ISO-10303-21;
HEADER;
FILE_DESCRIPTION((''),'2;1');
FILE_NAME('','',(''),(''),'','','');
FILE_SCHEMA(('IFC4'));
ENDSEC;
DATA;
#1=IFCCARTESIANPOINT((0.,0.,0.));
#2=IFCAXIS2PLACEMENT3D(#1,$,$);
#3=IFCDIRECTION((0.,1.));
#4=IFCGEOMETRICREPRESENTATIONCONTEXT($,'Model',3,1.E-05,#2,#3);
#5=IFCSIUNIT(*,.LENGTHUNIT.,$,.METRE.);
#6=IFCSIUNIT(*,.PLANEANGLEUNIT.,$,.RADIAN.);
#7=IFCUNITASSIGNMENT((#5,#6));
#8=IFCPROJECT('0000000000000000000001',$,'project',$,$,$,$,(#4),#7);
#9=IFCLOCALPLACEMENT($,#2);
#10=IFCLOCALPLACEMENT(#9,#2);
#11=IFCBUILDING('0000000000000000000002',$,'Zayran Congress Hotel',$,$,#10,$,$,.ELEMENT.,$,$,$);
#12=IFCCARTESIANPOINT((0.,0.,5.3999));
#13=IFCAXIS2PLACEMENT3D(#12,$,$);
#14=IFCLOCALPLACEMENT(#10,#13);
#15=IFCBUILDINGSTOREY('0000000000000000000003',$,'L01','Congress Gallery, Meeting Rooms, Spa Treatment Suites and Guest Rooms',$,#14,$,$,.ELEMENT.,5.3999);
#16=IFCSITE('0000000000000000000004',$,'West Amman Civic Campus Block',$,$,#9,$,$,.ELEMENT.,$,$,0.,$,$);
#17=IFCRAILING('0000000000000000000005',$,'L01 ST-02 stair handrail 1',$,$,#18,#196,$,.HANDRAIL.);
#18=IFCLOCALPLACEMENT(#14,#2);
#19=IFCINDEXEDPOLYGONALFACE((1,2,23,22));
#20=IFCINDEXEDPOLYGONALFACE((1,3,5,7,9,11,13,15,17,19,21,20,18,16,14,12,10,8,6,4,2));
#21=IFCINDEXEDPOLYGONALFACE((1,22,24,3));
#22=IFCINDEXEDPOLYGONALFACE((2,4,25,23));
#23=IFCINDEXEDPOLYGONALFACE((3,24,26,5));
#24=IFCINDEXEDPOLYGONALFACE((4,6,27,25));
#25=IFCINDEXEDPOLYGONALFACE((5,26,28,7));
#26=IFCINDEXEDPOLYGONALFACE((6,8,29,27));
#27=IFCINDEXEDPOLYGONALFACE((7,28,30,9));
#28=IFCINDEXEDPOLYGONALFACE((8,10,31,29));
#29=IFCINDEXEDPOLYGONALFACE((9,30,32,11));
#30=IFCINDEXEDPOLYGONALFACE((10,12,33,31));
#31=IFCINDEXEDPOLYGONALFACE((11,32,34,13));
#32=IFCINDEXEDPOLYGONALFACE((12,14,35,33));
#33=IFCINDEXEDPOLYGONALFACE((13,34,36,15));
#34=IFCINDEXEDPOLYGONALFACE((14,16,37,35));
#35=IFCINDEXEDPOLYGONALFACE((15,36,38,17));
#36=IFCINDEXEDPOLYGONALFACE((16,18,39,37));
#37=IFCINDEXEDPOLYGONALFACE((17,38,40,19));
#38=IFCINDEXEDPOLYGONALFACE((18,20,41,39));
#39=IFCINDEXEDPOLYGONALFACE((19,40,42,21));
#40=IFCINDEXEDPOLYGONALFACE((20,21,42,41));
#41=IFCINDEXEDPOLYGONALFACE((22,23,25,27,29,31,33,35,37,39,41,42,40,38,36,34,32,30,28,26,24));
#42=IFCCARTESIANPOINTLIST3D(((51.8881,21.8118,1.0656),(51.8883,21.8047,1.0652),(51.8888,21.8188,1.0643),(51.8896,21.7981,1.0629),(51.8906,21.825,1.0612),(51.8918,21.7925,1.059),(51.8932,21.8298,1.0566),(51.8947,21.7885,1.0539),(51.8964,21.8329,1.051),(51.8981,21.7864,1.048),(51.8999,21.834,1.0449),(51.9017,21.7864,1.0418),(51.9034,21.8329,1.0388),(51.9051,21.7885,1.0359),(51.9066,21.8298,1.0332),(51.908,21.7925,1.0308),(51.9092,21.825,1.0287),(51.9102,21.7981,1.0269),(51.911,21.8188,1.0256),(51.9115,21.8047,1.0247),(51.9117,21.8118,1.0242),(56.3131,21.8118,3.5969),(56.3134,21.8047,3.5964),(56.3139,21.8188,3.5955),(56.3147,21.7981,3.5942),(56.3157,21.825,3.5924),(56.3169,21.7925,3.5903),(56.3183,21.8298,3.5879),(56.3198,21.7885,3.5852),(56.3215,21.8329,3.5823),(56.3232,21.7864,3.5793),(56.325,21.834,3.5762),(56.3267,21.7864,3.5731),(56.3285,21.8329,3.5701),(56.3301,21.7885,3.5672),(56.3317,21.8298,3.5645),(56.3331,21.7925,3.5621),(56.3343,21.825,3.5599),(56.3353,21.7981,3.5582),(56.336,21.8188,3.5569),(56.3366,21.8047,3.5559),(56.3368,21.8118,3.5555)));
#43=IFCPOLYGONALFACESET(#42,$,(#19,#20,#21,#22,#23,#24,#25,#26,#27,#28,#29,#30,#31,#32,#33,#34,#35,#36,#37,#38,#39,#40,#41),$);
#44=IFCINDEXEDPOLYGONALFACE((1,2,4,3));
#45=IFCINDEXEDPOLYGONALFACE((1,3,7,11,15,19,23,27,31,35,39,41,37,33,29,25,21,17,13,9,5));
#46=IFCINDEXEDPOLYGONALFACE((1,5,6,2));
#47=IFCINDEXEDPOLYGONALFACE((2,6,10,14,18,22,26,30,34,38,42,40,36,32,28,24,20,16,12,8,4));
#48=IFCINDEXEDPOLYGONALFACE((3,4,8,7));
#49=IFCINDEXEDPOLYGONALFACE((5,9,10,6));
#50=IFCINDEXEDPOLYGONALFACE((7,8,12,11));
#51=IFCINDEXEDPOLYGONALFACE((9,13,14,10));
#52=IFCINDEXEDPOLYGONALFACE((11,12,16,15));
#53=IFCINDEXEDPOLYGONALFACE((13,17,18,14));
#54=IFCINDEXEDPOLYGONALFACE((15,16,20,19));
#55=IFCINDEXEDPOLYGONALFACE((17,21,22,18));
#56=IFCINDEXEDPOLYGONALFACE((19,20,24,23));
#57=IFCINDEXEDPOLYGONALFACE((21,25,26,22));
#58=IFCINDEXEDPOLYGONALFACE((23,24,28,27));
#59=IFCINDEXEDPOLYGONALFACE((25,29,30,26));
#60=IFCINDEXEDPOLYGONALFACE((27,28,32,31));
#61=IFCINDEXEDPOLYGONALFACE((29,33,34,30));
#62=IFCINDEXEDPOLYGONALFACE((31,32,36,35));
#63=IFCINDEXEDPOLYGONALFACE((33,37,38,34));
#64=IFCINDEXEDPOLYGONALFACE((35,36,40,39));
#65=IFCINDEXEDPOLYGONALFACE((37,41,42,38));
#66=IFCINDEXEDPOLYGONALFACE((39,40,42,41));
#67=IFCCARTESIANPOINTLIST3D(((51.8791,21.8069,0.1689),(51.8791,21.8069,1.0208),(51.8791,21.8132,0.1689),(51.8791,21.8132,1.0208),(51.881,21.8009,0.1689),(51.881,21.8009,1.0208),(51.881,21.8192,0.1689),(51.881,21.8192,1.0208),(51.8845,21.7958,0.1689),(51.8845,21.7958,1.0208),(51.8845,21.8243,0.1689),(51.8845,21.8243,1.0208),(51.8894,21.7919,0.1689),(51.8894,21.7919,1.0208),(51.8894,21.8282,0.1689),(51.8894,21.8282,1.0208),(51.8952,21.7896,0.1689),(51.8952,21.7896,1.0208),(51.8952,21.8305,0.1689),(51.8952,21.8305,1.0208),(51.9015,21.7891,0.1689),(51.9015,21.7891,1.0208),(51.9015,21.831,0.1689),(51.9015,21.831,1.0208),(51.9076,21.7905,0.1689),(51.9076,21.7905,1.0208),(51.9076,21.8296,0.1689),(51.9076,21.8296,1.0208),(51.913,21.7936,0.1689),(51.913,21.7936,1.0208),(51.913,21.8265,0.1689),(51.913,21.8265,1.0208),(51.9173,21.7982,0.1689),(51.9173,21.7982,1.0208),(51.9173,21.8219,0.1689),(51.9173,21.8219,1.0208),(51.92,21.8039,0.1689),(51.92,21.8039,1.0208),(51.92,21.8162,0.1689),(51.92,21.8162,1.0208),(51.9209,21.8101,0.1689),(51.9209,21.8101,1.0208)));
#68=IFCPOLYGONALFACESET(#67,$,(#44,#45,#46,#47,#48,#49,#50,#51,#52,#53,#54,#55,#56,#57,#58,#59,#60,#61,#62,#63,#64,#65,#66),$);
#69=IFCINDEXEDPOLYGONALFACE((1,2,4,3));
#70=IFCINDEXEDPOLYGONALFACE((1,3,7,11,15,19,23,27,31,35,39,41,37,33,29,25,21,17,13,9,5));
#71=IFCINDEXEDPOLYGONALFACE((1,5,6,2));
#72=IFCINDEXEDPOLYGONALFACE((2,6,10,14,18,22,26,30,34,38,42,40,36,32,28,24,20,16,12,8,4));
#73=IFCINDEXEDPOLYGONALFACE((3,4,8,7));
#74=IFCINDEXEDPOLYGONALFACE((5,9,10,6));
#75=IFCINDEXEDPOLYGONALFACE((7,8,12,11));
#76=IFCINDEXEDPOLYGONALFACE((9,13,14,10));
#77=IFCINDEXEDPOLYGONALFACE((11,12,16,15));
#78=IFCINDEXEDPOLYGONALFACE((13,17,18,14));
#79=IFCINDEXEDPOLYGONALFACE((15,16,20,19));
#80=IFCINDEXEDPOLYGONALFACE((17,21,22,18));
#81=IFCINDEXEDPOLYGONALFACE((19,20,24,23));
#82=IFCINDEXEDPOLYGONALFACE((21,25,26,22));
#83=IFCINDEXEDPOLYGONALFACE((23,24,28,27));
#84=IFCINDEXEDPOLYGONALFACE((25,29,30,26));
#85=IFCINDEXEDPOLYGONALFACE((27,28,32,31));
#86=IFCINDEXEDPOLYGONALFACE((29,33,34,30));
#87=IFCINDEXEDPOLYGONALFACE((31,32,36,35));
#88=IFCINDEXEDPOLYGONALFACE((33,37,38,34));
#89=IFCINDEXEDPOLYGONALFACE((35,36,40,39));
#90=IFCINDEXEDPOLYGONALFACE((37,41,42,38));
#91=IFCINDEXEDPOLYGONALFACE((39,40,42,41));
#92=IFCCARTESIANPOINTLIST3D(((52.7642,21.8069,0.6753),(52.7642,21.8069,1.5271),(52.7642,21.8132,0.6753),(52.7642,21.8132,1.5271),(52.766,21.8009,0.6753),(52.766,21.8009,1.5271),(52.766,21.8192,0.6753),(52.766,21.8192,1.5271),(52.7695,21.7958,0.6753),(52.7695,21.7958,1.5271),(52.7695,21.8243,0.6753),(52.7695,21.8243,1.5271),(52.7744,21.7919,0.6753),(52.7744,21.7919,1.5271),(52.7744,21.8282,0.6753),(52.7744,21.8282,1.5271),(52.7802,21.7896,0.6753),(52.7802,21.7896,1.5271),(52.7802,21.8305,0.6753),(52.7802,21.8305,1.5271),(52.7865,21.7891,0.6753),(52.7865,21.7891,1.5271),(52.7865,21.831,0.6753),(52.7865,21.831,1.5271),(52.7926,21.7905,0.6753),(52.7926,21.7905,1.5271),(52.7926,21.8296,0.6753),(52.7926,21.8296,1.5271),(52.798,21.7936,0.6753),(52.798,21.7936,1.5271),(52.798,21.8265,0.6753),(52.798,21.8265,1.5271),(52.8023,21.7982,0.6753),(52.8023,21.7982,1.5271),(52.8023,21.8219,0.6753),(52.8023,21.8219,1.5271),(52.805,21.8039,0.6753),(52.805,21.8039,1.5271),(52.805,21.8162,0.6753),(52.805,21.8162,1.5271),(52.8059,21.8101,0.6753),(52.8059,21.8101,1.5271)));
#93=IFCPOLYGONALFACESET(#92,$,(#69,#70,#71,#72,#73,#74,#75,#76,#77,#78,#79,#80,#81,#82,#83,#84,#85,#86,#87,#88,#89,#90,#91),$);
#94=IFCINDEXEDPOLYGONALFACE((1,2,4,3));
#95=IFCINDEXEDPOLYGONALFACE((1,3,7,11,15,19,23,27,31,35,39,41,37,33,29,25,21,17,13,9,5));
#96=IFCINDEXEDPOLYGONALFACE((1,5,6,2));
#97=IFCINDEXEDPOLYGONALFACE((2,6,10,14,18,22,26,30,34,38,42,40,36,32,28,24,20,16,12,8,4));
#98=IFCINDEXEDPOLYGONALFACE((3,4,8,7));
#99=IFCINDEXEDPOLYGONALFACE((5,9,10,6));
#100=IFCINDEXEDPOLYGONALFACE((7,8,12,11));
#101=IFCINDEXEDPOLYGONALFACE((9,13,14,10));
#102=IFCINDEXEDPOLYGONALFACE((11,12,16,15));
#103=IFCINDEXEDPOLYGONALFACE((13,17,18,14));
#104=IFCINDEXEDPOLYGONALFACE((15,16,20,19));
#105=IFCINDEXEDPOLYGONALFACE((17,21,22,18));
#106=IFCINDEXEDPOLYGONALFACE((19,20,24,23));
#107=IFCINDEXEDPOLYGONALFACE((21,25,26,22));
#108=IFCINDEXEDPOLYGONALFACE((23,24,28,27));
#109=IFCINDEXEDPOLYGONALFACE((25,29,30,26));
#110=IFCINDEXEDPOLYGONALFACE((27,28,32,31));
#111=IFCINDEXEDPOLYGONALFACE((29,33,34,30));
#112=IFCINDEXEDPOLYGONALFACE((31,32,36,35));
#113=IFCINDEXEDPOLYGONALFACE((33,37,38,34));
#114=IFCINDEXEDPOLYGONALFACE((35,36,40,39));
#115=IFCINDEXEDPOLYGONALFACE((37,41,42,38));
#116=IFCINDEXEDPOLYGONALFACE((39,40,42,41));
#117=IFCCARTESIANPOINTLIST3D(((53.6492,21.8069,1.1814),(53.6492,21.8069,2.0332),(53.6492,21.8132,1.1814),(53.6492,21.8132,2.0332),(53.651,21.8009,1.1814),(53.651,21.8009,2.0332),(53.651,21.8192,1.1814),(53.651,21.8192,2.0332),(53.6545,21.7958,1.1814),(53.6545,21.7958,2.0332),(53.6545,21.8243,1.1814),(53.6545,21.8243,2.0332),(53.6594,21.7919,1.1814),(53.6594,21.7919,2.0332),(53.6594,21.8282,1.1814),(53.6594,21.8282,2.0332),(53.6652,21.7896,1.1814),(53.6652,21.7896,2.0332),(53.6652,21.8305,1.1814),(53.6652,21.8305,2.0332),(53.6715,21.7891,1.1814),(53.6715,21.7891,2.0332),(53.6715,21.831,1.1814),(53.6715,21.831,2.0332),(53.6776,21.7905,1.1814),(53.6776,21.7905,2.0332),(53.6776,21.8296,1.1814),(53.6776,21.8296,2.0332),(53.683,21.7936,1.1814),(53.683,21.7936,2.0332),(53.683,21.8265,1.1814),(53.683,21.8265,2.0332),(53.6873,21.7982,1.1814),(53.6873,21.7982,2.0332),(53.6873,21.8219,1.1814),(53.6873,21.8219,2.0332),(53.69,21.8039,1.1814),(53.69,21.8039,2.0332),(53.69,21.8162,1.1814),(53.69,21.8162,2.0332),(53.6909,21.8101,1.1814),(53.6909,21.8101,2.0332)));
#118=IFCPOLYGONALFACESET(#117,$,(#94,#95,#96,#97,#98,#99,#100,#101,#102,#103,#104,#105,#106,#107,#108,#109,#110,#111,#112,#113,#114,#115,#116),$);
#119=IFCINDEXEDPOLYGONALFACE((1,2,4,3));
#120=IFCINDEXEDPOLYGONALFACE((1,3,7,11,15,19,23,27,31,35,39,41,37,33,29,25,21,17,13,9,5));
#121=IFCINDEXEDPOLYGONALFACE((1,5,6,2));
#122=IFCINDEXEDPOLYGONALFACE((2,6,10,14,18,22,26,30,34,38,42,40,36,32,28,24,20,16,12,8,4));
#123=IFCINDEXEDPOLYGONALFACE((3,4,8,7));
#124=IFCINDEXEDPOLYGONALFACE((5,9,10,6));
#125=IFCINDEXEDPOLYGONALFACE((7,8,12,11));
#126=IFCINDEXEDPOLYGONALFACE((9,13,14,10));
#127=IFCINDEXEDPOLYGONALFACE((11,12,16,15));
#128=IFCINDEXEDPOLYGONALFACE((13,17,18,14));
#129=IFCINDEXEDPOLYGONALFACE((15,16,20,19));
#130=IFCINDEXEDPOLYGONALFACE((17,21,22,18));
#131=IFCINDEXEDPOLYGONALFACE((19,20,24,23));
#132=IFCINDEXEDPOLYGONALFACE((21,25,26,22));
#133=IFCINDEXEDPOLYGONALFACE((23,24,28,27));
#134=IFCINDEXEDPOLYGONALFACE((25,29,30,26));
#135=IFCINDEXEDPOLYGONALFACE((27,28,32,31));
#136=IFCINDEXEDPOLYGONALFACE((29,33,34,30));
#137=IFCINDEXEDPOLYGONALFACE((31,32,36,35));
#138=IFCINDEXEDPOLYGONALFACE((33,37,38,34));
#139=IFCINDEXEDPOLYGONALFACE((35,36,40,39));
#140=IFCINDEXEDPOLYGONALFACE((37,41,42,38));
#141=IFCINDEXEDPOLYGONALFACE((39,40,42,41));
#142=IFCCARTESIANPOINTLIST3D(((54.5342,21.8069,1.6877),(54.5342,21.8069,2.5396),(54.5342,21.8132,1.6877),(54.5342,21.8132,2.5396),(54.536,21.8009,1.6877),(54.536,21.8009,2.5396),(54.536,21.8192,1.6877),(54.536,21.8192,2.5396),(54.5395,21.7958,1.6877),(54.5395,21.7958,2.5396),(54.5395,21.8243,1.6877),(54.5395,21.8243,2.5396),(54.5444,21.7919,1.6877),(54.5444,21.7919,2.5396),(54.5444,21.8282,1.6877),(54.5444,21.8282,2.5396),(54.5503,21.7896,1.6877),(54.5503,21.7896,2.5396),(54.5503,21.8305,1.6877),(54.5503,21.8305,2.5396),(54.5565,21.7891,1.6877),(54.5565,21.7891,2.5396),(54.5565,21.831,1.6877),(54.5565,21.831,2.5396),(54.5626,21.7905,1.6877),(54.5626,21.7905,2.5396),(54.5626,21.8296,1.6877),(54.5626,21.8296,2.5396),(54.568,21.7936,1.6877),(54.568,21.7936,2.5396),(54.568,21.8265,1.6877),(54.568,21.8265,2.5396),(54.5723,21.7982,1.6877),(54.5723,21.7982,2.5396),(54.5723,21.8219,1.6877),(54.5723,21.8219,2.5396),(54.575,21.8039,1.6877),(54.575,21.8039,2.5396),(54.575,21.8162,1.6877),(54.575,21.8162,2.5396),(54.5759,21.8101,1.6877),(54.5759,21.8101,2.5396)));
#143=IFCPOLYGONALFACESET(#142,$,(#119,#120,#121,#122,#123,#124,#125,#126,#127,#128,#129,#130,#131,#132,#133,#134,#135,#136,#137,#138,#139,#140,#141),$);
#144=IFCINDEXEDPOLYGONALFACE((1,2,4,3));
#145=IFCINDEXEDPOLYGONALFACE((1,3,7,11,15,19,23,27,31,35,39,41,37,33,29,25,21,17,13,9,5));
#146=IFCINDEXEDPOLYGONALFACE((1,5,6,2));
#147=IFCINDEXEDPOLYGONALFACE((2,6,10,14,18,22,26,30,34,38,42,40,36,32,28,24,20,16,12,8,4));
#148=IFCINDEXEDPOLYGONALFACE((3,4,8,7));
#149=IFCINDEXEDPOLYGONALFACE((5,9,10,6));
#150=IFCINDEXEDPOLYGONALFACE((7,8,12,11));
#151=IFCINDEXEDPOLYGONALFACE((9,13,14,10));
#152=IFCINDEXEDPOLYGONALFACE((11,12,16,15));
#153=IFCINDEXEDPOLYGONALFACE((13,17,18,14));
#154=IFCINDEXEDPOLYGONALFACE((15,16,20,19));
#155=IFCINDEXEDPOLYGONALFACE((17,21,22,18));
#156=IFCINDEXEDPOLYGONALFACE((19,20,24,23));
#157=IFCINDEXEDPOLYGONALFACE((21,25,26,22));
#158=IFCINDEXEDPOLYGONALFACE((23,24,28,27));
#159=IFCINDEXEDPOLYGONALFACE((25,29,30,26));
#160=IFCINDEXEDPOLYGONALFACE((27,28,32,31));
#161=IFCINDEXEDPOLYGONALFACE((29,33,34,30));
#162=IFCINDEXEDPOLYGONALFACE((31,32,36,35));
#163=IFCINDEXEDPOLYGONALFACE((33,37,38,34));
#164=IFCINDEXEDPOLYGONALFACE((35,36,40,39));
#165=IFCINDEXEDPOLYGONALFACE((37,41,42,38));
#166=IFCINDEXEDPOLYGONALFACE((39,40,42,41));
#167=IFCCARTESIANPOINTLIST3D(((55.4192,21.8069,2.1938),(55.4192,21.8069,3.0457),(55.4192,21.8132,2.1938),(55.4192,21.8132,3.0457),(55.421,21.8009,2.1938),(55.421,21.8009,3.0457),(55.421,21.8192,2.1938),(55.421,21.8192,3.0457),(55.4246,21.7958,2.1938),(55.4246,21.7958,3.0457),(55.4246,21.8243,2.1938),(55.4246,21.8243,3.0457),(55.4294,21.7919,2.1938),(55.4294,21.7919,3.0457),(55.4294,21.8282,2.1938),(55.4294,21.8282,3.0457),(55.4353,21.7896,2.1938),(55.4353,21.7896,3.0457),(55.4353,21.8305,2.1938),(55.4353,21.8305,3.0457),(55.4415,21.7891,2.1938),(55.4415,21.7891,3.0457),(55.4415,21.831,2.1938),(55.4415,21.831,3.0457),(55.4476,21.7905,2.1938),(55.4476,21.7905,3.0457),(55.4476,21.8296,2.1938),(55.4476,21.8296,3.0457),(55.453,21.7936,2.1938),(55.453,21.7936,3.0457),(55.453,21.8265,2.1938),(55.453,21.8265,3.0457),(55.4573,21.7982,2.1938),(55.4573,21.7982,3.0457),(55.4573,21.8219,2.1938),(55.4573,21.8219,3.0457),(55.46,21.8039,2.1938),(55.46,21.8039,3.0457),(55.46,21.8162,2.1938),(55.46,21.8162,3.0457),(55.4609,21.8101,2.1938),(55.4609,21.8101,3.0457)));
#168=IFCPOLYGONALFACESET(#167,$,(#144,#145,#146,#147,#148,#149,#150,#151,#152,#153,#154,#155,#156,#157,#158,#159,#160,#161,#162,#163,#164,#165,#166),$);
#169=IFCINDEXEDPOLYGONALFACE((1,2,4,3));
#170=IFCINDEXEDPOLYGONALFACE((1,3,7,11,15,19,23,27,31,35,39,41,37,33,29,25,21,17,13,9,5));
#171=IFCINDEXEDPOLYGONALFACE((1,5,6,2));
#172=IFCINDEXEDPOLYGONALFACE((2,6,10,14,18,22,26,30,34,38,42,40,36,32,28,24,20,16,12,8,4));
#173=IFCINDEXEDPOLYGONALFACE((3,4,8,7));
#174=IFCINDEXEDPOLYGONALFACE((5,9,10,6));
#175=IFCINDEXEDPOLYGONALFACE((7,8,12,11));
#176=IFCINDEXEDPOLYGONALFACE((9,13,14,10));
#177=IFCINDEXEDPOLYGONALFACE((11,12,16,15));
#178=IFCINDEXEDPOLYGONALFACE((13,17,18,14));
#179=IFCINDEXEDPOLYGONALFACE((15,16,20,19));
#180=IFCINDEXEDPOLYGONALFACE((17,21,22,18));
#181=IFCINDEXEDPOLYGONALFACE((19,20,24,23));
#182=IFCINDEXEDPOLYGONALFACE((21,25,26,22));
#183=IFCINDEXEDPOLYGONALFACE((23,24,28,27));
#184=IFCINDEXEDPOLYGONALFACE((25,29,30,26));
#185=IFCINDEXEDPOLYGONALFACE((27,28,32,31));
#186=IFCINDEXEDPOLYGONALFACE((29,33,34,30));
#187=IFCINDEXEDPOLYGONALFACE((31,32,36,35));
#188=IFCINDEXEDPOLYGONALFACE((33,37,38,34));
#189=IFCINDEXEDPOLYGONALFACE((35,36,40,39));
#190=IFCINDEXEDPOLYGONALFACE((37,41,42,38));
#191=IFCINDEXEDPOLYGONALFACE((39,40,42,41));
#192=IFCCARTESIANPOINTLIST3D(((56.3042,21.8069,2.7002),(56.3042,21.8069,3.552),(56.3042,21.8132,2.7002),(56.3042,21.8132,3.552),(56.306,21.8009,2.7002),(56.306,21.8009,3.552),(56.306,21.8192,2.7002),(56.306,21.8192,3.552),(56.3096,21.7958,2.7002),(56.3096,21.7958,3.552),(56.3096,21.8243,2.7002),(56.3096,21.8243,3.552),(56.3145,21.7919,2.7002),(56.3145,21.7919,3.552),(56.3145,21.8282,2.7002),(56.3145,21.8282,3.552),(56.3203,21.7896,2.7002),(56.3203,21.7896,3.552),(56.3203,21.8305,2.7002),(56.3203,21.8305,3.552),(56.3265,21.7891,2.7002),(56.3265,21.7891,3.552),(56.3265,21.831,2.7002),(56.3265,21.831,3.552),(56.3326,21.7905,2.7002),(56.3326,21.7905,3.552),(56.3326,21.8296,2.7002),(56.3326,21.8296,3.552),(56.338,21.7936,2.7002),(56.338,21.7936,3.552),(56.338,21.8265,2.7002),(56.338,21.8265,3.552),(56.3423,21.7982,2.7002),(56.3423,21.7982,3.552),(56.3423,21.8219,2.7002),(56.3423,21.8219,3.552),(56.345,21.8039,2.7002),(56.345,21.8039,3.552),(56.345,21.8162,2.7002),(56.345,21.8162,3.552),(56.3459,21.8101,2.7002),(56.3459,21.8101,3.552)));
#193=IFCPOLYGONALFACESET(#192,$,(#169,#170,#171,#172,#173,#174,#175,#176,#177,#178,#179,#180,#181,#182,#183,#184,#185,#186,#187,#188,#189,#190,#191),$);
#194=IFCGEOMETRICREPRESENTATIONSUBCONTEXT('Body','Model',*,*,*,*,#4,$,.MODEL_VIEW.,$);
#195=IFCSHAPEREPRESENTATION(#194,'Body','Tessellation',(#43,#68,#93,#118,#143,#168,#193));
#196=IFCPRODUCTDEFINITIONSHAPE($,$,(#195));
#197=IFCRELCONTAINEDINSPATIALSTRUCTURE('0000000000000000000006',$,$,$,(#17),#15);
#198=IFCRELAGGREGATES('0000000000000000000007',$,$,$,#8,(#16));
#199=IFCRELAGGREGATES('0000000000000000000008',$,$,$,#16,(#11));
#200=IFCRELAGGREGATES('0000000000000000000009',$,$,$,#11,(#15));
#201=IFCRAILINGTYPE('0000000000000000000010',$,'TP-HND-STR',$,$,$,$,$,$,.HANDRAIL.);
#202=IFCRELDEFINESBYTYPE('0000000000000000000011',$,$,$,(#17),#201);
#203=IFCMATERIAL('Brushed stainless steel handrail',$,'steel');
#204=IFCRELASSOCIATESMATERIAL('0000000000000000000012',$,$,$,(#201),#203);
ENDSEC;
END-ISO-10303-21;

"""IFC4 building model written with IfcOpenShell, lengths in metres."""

from ifc_helpers import new_model, si_unit, direction, frame, origin, origin_2d, place, context, subcontext, project, spatial, circle, extrude, material, type_object, element, save


model = new_model("IFC4")

# Units and contexts
model_context = context("Model", 3, precision=1e-05, world=origin(), true_north=direction((0.0, 1.0)))
body_context = subcontext(model_context, "Body", "Model", "MODEL_VIEW")
ifc_project = project(units=[si_unit("LENGTHUNIT", "METRE"), si_unit("PLANEANGLEUNIT", "RADIAN")], contexts=[model_context])

# Site, building, storey
site_placement = place(None, origin())
site = spatial("IfcSite", under=ifc_project, at=site_placement, Name="West Amman Civic Campus Block", CompositionType="ELEMENT", RefElevation=0.0)
building_placement = place(site_placement, origin())
building = spatial("IfcBuilding", under=site, at=building_placement, Name="Zayran Congress Hotel", CompositionType="ELEMENT")
storey_placement = place(building_placement, frame((0.0, 0.0, 5.3999)))
storey = spatial("IfcBuildingStorey", under=building, at=storey_placement, Name="L01", Description="Congress Gallery, Meeting Rooms, Spa Treatment Suites and Guest Rooms", CompositionType="ELEMENT", Elevation=5.3999)

# Railing
ifc_material_1 = material(Name="Brushed stainless steel handrail", Category="steel")
railing_type_1 = type_object("IfcRailingType", Name="TP-HND-STR", PredefinedType="HANDRAIL", material=ifc_material_1)
railing_1_placement = place(storey_placement, frame((51.8999, 21.8101, 0.1689)))
element("IfcRailing", 1, at=railing_1_placement, inside=storey, type_object=railing_type_1, Name="L01 ST-02 stair handrail 1", PredefinedType="HANDRAIL", context=body_context, shape_type="SweptSolid", body=[
    extrude(circle(Radius=0.0239, at=origin_2d()), frame((0.0, 0.0, 0.876), z_axis=(0.868019, 0.0, 0.496531), x_axis=(0.0, 1.0, 0.0)), (0.0, 0.0, 1.0), 5.0979),
    extrude(circle(Radius=0.021, at=origin_2d()), origin(), (0.0, 0.0, 1.0), 0.8518),
    extrude(circle(Radius=0.021, at=origin_2d()), frame((0.885, 0.0, 0.5063)), (0.0, 0.0, 1.0), 0.8518),
    extrude(circle(Radius=0.021, at=origin_2d()), frame((1.77, 0.0, 1.0125)), (0.0, 0.0, 1.0), 0.8518),
    extrude(circle(Radius=0.021, at=origin_2d()), frame((2.655, 0.0, 1.5188)), (0.0, 0.0, 1.0), 0.8518),
    extrude(circle(Radius=0.021, at=origin_2d()), frame((3.54, 0.0, 2.0249)), (0.0, 0.0, 1.0), 0.8518),
    extrude(circle(Radius=0.021, at=origin_2d()), frame((4.425, 0.0, 2.5312)), (0.0, 0.0, 1.0), 0.8518),
])

save(model, "model.ifc")
